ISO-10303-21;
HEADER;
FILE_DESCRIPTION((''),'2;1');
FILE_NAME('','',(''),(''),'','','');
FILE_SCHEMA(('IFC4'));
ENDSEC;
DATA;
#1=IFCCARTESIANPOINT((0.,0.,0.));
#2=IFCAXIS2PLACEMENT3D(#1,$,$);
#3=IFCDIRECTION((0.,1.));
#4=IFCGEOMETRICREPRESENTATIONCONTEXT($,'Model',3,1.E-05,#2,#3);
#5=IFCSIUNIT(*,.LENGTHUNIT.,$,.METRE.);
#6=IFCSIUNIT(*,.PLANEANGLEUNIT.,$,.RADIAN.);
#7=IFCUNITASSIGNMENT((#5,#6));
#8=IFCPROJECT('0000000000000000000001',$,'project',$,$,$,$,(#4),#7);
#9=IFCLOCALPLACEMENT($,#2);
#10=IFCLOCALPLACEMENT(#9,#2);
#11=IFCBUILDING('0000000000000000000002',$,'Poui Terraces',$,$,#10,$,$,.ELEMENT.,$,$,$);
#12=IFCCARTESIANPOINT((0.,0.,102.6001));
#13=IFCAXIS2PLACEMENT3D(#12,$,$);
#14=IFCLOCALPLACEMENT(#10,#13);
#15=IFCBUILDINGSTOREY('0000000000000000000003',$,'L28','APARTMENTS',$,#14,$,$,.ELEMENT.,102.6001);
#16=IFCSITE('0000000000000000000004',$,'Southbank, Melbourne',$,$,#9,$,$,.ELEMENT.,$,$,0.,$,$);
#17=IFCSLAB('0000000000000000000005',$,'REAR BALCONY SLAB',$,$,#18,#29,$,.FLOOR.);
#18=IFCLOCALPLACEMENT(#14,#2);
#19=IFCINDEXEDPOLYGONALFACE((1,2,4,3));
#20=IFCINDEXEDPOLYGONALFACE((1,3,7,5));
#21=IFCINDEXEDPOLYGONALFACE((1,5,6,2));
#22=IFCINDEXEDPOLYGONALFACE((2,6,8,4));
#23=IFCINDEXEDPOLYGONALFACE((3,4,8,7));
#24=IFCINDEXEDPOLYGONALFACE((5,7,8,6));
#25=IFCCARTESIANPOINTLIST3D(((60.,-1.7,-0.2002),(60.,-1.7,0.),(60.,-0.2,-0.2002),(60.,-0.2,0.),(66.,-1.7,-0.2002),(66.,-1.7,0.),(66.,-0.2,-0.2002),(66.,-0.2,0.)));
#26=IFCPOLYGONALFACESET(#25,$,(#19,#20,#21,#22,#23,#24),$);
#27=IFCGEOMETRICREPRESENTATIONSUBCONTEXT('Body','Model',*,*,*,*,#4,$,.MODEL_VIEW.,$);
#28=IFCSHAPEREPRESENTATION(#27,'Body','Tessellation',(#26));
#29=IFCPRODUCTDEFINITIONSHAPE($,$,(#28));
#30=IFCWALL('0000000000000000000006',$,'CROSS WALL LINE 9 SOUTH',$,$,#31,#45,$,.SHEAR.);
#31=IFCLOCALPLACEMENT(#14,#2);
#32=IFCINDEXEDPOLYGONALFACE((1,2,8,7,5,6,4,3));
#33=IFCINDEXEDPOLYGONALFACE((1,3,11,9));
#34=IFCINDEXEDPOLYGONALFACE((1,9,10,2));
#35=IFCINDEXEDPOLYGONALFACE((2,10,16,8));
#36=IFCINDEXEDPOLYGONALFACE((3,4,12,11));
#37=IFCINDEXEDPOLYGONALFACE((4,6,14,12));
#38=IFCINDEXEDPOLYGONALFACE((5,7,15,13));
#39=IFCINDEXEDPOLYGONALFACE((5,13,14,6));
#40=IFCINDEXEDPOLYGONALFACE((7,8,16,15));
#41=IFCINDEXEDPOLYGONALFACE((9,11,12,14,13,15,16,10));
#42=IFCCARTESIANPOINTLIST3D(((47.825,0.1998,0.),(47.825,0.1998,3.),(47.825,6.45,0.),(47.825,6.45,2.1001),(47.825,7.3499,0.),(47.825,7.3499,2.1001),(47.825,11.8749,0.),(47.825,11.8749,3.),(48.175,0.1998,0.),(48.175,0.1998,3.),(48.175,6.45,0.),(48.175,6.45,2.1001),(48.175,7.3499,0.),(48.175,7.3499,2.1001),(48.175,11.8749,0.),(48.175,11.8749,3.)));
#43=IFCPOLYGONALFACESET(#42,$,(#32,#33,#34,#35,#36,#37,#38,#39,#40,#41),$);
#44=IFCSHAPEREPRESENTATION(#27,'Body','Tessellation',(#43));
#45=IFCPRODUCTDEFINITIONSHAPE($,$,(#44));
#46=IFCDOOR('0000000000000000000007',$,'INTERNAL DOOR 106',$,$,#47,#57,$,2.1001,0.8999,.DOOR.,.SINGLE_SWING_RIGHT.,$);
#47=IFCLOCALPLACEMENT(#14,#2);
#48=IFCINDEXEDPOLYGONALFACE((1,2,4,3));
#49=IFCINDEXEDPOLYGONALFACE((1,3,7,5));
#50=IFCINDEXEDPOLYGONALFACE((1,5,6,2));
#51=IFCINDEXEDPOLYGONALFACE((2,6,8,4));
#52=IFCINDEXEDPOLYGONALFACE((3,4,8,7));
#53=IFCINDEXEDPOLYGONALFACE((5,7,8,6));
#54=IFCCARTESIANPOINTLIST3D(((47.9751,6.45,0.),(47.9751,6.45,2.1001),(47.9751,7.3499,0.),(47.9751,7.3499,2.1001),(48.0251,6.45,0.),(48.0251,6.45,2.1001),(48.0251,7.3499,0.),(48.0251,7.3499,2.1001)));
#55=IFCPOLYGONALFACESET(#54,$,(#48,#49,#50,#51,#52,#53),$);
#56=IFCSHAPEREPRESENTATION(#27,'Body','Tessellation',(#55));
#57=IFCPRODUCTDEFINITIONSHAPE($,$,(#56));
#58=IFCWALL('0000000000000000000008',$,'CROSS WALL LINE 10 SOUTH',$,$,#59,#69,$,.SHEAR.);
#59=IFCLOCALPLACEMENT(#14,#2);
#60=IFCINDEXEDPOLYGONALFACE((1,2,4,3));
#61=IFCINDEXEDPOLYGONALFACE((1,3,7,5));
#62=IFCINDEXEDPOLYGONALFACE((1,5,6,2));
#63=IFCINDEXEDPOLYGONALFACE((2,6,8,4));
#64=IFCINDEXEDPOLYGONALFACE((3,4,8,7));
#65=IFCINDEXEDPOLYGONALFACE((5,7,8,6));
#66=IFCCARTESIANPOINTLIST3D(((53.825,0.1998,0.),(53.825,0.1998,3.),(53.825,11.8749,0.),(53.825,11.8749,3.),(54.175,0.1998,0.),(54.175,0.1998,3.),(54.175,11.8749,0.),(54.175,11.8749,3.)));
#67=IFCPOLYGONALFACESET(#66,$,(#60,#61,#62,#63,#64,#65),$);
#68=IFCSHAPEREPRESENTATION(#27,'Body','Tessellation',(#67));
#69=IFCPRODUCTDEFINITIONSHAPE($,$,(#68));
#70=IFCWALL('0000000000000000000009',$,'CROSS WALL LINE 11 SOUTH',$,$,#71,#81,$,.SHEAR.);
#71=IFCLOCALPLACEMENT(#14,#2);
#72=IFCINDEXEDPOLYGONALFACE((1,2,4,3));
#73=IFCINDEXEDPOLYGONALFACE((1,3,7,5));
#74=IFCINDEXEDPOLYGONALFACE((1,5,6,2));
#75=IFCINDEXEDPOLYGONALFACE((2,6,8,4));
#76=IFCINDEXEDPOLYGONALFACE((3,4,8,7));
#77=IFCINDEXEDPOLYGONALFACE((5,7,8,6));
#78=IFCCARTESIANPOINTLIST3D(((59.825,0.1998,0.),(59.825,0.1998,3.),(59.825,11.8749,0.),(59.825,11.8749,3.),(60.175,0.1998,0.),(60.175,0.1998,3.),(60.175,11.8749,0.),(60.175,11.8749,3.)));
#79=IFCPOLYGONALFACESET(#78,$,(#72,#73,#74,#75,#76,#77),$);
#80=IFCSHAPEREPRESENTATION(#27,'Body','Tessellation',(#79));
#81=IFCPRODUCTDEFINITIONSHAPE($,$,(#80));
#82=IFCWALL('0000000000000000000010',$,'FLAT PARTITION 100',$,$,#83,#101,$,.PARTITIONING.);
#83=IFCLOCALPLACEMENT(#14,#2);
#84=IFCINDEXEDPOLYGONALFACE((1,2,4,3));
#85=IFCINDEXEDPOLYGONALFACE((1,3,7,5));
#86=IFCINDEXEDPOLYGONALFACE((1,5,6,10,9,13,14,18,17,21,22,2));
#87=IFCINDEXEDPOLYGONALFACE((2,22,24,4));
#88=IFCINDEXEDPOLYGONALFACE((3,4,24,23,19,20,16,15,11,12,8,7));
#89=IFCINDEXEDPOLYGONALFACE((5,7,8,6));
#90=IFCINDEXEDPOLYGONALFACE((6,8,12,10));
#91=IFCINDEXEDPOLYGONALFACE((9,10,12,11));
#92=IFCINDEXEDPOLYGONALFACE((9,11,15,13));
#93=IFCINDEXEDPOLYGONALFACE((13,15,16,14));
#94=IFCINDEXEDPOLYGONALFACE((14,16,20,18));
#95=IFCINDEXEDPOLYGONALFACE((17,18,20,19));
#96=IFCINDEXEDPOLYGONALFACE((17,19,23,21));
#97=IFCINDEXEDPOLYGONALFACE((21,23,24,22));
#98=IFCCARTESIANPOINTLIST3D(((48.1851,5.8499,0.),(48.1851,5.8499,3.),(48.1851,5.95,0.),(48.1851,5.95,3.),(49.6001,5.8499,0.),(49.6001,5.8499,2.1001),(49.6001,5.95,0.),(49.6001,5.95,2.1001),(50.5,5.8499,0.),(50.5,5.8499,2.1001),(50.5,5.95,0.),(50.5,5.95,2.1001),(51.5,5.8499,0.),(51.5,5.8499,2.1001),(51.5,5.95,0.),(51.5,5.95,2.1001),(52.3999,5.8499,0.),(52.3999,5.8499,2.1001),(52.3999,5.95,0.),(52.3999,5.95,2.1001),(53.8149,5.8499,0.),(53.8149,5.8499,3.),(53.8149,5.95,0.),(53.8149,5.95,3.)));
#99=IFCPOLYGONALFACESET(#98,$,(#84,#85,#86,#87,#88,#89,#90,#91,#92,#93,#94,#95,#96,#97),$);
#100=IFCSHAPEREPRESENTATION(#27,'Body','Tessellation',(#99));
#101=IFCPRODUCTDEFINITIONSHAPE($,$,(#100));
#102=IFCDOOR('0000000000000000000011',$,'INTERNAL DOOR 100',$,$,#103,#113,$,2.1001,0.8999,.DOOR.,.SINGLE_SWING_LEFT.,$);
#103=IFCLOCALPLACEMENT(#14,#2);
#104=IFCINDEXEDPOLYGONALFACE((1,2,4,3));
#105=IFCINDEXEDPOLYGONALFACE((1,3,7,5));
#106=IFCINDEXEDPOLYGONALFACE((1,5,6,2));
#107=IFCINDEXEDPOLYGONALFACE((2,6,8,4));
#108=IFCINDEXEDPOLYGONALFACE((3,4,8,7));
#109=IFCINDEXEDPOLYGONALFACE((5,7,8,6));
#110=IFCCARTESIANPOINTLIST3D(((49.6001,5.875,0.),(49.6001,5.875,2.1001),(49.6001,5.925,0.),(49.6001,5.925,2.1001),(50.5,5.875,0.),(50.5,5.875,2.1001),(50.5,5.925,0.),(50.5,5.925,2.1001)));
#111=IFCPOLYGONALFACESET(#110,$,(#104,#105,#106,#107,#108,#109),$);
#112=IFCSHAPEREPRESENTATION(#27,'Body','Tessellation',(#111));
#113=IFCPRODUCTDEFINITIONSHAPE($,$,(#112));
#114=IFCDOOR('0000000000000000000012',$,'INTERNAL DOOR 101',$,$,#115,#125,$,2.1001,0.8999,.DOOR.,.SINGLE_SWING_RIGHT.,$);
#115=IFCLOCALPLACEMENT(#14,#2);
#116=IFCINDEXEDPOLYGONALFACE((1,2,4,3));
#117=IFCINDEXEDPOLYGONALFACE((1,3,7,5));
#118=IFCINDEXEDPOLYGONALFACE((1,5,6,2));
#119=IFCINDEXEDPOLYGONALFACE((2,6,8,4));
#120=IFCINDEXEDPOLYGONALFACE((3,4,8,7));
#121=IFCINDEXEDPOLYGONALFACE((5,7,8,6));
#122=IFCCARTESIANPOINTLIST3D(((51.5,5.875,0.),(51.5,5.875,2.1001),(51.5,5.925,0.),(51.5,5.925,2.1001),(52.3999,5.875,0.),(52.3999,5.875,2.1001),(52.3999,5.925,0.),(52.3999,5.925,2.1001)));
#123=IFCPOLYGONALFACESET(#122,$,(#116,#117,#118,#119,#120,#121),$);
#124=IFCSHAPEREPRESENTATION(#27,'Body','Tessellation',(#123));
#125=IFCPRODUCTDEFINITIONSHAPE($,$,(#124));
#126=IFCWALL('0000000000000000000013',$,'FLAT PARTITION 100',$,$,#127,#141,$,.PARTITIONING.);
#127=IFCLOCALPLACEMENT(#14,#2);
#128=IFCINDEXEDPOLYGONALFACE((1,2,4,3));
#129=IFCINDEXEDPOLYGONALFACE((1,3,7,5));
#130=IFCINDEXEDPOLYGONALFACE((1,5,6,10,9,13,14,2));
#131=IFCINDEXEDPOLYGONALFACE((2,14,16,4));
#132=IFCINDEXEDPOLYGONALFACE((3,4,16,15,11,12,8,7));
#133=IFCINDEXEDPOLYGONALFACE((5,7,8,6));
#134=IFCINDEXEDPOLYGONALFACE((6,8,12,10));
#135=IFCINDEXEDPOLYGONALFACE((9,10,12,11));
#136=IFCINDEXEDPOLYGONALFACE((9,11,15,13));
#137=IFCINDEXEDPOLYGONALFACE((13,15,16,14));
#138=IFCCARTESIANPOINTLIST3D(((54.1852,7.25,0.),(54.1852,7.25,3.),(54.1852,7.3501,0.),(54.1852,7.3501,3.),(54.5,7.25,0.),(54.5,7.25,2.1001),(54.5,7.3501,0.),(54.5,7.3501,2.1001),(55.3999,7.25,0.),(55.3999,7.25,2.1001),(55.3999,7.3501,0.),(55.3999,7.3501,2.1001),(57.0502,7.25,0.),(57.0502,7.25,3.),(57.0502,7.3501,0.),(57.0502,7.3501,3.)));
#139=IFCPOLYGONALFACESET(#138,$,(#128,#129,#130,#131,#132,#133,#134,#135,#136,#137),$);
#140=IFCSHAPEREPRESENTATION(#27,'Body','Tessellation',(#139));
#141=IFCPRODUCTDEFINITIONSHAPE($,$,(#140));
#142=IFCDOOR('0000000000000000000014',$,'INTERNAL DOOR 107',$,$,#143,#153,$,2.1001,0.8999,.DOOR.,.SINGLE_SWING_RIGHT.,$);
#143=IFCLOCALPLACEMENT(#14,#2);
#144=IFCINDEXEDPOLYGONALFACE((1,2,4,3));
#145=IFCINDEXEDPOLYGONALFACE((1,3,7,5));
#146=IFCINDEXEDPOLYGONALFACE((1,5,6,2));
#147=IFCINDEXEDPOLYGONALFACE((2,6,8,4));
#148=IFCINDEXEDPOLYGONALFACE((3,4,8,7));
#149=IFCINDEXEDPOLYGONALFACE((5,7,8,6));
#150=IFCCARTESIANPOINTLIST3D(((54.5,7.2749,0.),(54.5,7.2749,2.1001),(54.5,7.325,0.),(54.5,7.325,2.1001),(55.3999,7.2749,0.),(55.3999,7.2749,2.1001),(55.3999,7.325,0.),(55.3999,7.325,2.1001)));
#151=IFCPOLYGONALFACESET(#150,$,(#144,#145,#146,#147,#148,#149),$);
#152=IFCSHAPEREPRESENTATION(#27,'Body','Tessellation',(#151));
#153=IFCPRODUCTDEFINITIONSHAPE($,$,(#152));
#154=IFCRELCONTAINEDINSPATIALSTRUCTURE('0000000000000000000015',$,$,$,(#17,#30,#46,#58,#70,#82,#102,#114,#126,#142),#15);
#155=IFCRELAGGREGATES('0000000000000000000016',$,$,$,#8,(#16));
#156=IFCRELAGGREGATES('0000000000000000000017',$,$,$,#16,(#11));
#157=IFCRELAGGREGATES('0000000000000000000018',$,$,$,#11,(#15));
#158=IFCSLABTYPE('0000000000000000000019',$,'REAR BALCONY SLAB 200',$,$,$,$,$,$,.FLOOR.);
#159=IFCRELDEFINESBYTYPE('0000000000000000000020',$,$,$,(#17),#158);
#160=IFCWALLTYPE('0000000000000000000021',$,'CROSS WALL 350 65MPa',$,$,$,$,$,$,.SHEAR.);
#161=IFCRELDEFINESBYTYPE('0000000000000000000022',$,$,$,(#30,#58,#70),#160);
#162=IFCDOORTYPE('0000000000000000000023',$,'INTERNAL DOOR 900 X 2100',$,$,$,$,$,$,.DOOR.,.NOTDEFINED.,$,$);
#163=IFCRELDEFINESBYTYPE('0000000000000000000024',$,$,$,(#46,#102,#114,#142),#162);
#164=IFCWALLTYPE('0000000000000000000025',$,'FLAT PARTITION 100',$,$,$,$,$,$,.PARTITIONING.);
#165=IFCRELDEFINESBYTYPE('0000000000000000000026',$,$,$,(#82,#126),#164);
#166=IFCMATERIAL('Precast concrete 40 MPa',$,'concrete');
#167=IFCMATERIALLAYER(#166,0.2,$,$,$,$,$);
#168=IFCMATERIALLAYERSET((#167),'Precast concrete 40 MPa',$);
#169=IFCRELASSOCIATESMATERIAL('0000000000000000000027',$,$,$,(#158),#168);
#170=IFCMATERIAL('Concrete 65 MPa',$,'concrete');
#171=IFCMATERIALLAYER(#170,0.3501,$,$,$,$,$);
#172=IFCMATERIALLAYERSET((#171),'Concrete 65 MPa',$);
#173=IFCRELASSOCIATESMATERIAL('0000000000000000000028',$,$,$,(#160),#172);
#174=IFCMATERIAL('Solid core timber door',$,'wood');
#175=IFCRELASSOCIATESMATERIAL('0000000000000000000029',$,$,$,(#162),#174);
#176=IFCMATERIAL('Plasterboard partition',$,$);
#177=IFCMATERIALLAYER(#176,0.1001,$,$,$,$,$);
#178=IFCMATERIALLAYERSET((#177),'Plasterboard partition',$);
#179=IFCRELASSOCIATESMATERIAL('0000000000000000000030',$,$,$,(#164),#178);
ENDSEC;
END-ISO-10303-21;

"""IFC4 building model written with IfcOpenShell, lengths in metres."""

from ifc_helpers import new_model, si_unit, direction, frame, frame_2d, origin, place, context, subcontext, project, spatial, polyline, rectangle, outline, extrude, source, transform, mapped, material, layer, layer_set, type_object, element, fill, save


model = new_model("IFC4")

# Units and contexts
model_context = context("Model", 3, precision=1e-05, world=origin(), true_north=direction((0.0, 1.0)))
body_context = subcontext(model_context, "Body", "Model", "MODEL_VIEW")
ifc_project = project(units=[si_unit("LENGTHUNIT", "METRE"), si_unit("PLANEANGLEUNIT", "RADIAN")], contexts=[model_context])

# Site, building, storey
site_placement = place(None, origin())
site = spatial("IfcSite", under=ifc_project, at=site_placement, Name="Southbank, Melbourne", CompositionType="ELEMENT", RefElevation=0.0)
building_placement = place(site_placement, origin())
building = spatial("IfcBuilding", under=site, at=building_placement, Name="Poui Terraces", CompositionType="ELEMENT")
storey_placement = place(building_placement, frame((0.0, 0.0, 102.6001)))
storey = spatial("IfcBuildingStorey", under=building, at=storey_placement, Name="L28", Description="APARTMENTS", CompositionType="ELEMENT", Elevation=102.6001)

# Slab
ifc_material_1 = material(Name="Precast concrete 40 MPa", Category="concrete")
ifc_layer_1 = layer(ifc_material_1, 0.2)
ifc_layer_set_1 = layer_set([ifc_layer_1], Name="Precast concrete 40 MPa")
slab_type = type_object("IfcSlabType", Name="REAR BALCONY SLAB 200", PredefinedType="FLOOR", material=ifc_layer_set_1)
shared_shape_1 = source(origin(), body_context, "Body", "SweptSolid", [
    extrude(outline(polyline([(0.0, 0.0), (6.0, 0.0), (6.0, 1.5), (0.0, 1.5), (0.0, 0.0)])), origin(), (0.0, 0.0, 1.0), 0.2002),
])
slab_placement = place(storey_placement, frame((60.0, -1.7, -0.2002)))
element("IfcSlab", 1, at=slab_placement, inside=storey, type_object=slab_type, Name="REAR BALCONY SLAB", PredefinedType="FLOOR", context=body_context, shape_type="MappedRepresentation", body=[
    mapped(shared_shape_1, transform((0.0, 0.0, 0.0))),
])

# Wall, opening, door
ifc_material_2 = material(Name="Concrete 65 MPa", Category="concrete")
ifc_layer_2 = layer(ifc_material_2, 0.3501)
ifc_layer_set_2 = layer_set([ifc_layer_2], Name="Concrete 65 MPa")
wall_type_1 = type_object("IfcWallType", Name="CROSS WALL 350 65MPa", PredefinedType="SHEAR", material=ifc_layer_set_2)
wall_1_placement = place(storey_placement, frame((48.0, 0.2, 0.0), z_axis=(0.0, 0.0, 1.0), x_axis=(0.0, 1.0, 0.0)))
wall_1 = element("IfcWall", 2, at=wall_1_placement, inside=storey, type_object=wall_type_1, Name="CROSS WALL LINE 9 SOUTH", PredefinedType="SHEAR", context=body_context, shape_type="SweptSolid", body=[
    extrude(rectangle(XDim=11.675, YDim=0.3501, at=frame_2d((5.8374, 0.0))), origin(), (0.0, 0.0, 1.0), 3.0),
])
opening_1_placement = place(wall_1_placement, frame((6.25, 0.0, 0.0)))
opening_1 = element("IfcOpeningElement", 3, at=opening_1_placement, cuts=wall_1, PredefinedType="OPENING", context=body_context, shape_type="SweptSolid", body=[
    extrude(rectangle(XDim=0.8999, YDim=2.1001, at=frame_2d((0.45, 1.05))), frame((0.0, 0.1851, 0.0), z_axis=(0.0, -1.0, 0.0), x_axis=(1.0, 0.0, 0.0)), (0.0, 0.0, 1.0), 0.3701),
])
ifc_material_3 = material(Name="Solid core timber door", Category="wood")
door_type_1 = type_object("IfcDoorType", Name="INTERNAL DOOR 900 X 2100", OperationType="NOTDEFINED", PredefinedType="DOOR", material=ifc_material_3)
door_1_placement = place(opening_1_placement, origin())
door_1 = element("IfcDoor", 4, at=door_1_placement, inside=storey, type_object=door_type_1, Name="INTERNAL DOOR 106", OperationType="SINGLE_SWING_RIGHT", OverallHeight=2.1001, OverallWidth=0.8999, PredefinedType="DOOR", context=body_context, shape_type="SweptSolid", body=[
    extrude(rectangle(XDim=0.8999, YDim=2.1001, at=frame_2d((0.45, 1.05))), frame((0.0, 0.0249, 0.0), z_axis=(0.0, -1.0, 0.0), x_axis=(1.0, 0.0, 0.0)), (0.0, 0.0, 1.0), 0.05),
])
fill(opening_1, door_1)

# Walls
for number, where, z_axis, x_axis, name in (
    (5, (54.0, 0.2, 0.0), (0.0, 0.0, 1.0), (0.0, 1.0, 0.0), "CROSS WALL LINE 10 SOUTH"),
    (6, (60.0, 0.2, 0.0), (0.0, 0.0, 1.0), (0.0, 1.0, 0.0), "CROSS WALL LINE 11 SOUTH"),
):
    element("IfcWall", number, at=place(storey_placement, frame(where, z_axis=z_axis, x_axis=x_axis)), inside=storey, type_object=wall_type_1, Name=name, PredefinedType="SHEAR", context=body_context, shape_type="SweptSolid", body=[
        extrude(rectangle(XDim=11.675, YDim=0.3501, at=frame_2d((5.8374, 0.0))), origin(), (0.0, 0.0, 1.0), 3.0),
    ])

# Wall, openings, doors
ifc_material_4 = material(Name="Plasterboard partition")
ifc_layer_3 = layer(ifc_material_4, 0.1001)
ifc_layer_set_3 = layer_set([ifc_layer_3], Name="Plasterboard partition")
wall_type_2 = type_object("IfcWallType", Name="FLAT PARTITION 100", PredefinedType="PARTITIONING", material=ifc_layer_set_3)
wall_2_placement = place(storey_placement, frame((48.1851, 5.8999, 0.0), z_axis=(0.0, 0.0, 1.0), x_axis=(1.0, 0.0, 0.0)))
wall_2 = element("IfcWall", 7, at=wall_2_placement, inside=storey, type_object=wall_type_2, Name="FLAT PARTITION 100", PredefinedType="PARTITIONING", context=body_context, shape_type="SweptSolid", body=[
    extrude(rectangle(XDim=5.6299, YDim=0.1001, at=frame_2d((2.8149, 0.0))), origin(), (0.0, 0.0, 1.0), 3.0),
])
opening_2_placement = place(wall_2_placement, frame((1.415, 0.0, 0.0)))
opening_2 = element("IfcOpeningElement", 8, at=opening_2_placement, cuts=wall_2, PredefinedType="OPENING", context=body_context, shape_type="SweptSolid", body=[
    extrude(rectangle(XDim=0.8999, YDim=2.1001, at=frame_2d((0.45, 1.05))), frame((0.0, 0.0601, 0.0), z_axis=(0.0, -1.0, 0.0), x_axis=(1.0, 0.0, 0.0)), (0.0, 0.0, 1.0), 0.1201),
])
opening_3_placement = place(wall_2_placement, frame((3.3149, 0.0, 0.0)))
opening_3 = element("IfcOpeningElement", 9, at=opening_3_placement, cuts=wall_2, PredefinedType="OPENING", context=body_context, shape_type="SweptSolid", body=[
    extrude(rectangle(XDim=0.8999, YDim=2.1001, at=frame_2d((0.45, 1.05))), frame((0.0, 0.0601, 0.0), z_axis=(0.0, -1.0, 0.0), x_axis=(1.0, 0.0, 0.0)), (0.0, 0.0, 1.0), 0.1201),
])
door_2_placement = place(opening_2_placement, frame((0.8999, 0.0, 0.0), z_axis=(0.0, 0.0, 1.0), x_axis=(-1.0, 0.0, 0.0)))
door_2 = element("IfcDoor", 10, at=door_2_placement, inside=storey, type_object=door_type_1, Name="INTERNAL DOOR 100", OperationType="SINGLE_SWING_LEFT", OverallHeight=2.1001, OverallWidth=0.8999, PredefinedType="DOOR", context=body_context, shape_type="SweptSolid", body=[
    extrude(rectangle(XDim=0.8999, YDim=2.1001, at=frame_2d((0.45, 1.05))), frame((0.0, 0.0249, 0.0), z_axis=(0.0, -1.0, 0.0), x_axis=(1.0, 0.0, 0.0)), (0.0, 0.0, 1.0), 0.05),
])
fill(opening_2, door_2)
door_3_placement = place(opening_3_placement, frame((0.8999, 0.0, 0.0), z_axis=(0.0, 0.0, 1.0), x_axis=(-1.0, 0.0, 0.0)))
door_3 = element("IfcDoor", 11, at=door_3_placement, inside=storey, type_object=door_type_1, Name="INTERNAL DOOR 101", OperationType="SINGLE_SWING_RIGHT", OverallHeight=2.1001, OverallWidth=0.8999, PredefinedType="DOOR", context=body_context, shape_type="SweptSolid", body=[
    extrude(rectangle(XDim=0.8999, YDim=2.1001, at=frame_2d((0.45, 1.05))), frame((0.0, 0.0249, 0.0), z_axis=(0.0, -1.0, 0.0), x_axis=(1.0, 0.0, 0.0)), (0.0, 0.0, 1.0), 0.05),
])
fill(opening_3, door_3)

# Wall, opening, door
wall_3_placement = place(storey_placement, frame((54.1851, 7.3, 0.0), z_axis=(0.0, 0.0, 1.0), x_axis=(1.0, 0.0, 0.0)))
wall_3 = element("IfcWall", 12, at=wall_3_placement, inside=storey, type_object=wall_type_2, Name="FLAT PARTITION 100", PredefinedType="PARTITIONING", context=body_context, shape_type="SweptSolid", body=[
    extrude(rectangle(XDim=2.865, YDim=0.1001, at=frame_2d((1.4326, 0.0))), origin(), (0.0, 0.0, 1.0), 3.0),
])
opening_4_placement = place(wall_3_placement, frame((0.3149, 0.0, 0.0)))
opening_4 = element("IfcOpeningElement", 13, at=opening_4_placement, cuts=wall_3, PredefinedType="OPENING", context=body_context, shape_type="SweptSolid", body=[
    extrude(rectangle(XDim=0.8999, YDim=2.1001, at=frame_2d((0.45, 1.05))), frame((0.0, 0.0601, 0.0), z_axis=(0.0, -1.0, 0.0), x_axis=(1.0, 0.0, 0.0)), (0.0, 0.0, 1.0), 0.1201),
])
door_4_placement = place(opening_4_placement, origin())
door_4 = element("IfcDoor", 14, at=door_4_placement, inside=storey, type_object=door_type_1, Name="INTERNAL DOOR 107", OperationType="SINGLE_SWING_RIGHT", OverallHeight=2.1001, OverallWidth=0.8999, PredefinedType="DOOR", context=body_context, shape_type="SweptSolid", body=[
    extrude(rectangle(XDim=0.8999, YDim=2.1001, at=frame_2d((0.45, 1.05))), frame((0.0, 0.0249, 0.0), z_axis=(0.0, -1.0, 0.0), x_axis=(1.0, 0.0, 0.0)), (0.0, 0.0, 1.0), 0.05),
])
fill(opening_4, door_4)

save(model, "model.ifc")
